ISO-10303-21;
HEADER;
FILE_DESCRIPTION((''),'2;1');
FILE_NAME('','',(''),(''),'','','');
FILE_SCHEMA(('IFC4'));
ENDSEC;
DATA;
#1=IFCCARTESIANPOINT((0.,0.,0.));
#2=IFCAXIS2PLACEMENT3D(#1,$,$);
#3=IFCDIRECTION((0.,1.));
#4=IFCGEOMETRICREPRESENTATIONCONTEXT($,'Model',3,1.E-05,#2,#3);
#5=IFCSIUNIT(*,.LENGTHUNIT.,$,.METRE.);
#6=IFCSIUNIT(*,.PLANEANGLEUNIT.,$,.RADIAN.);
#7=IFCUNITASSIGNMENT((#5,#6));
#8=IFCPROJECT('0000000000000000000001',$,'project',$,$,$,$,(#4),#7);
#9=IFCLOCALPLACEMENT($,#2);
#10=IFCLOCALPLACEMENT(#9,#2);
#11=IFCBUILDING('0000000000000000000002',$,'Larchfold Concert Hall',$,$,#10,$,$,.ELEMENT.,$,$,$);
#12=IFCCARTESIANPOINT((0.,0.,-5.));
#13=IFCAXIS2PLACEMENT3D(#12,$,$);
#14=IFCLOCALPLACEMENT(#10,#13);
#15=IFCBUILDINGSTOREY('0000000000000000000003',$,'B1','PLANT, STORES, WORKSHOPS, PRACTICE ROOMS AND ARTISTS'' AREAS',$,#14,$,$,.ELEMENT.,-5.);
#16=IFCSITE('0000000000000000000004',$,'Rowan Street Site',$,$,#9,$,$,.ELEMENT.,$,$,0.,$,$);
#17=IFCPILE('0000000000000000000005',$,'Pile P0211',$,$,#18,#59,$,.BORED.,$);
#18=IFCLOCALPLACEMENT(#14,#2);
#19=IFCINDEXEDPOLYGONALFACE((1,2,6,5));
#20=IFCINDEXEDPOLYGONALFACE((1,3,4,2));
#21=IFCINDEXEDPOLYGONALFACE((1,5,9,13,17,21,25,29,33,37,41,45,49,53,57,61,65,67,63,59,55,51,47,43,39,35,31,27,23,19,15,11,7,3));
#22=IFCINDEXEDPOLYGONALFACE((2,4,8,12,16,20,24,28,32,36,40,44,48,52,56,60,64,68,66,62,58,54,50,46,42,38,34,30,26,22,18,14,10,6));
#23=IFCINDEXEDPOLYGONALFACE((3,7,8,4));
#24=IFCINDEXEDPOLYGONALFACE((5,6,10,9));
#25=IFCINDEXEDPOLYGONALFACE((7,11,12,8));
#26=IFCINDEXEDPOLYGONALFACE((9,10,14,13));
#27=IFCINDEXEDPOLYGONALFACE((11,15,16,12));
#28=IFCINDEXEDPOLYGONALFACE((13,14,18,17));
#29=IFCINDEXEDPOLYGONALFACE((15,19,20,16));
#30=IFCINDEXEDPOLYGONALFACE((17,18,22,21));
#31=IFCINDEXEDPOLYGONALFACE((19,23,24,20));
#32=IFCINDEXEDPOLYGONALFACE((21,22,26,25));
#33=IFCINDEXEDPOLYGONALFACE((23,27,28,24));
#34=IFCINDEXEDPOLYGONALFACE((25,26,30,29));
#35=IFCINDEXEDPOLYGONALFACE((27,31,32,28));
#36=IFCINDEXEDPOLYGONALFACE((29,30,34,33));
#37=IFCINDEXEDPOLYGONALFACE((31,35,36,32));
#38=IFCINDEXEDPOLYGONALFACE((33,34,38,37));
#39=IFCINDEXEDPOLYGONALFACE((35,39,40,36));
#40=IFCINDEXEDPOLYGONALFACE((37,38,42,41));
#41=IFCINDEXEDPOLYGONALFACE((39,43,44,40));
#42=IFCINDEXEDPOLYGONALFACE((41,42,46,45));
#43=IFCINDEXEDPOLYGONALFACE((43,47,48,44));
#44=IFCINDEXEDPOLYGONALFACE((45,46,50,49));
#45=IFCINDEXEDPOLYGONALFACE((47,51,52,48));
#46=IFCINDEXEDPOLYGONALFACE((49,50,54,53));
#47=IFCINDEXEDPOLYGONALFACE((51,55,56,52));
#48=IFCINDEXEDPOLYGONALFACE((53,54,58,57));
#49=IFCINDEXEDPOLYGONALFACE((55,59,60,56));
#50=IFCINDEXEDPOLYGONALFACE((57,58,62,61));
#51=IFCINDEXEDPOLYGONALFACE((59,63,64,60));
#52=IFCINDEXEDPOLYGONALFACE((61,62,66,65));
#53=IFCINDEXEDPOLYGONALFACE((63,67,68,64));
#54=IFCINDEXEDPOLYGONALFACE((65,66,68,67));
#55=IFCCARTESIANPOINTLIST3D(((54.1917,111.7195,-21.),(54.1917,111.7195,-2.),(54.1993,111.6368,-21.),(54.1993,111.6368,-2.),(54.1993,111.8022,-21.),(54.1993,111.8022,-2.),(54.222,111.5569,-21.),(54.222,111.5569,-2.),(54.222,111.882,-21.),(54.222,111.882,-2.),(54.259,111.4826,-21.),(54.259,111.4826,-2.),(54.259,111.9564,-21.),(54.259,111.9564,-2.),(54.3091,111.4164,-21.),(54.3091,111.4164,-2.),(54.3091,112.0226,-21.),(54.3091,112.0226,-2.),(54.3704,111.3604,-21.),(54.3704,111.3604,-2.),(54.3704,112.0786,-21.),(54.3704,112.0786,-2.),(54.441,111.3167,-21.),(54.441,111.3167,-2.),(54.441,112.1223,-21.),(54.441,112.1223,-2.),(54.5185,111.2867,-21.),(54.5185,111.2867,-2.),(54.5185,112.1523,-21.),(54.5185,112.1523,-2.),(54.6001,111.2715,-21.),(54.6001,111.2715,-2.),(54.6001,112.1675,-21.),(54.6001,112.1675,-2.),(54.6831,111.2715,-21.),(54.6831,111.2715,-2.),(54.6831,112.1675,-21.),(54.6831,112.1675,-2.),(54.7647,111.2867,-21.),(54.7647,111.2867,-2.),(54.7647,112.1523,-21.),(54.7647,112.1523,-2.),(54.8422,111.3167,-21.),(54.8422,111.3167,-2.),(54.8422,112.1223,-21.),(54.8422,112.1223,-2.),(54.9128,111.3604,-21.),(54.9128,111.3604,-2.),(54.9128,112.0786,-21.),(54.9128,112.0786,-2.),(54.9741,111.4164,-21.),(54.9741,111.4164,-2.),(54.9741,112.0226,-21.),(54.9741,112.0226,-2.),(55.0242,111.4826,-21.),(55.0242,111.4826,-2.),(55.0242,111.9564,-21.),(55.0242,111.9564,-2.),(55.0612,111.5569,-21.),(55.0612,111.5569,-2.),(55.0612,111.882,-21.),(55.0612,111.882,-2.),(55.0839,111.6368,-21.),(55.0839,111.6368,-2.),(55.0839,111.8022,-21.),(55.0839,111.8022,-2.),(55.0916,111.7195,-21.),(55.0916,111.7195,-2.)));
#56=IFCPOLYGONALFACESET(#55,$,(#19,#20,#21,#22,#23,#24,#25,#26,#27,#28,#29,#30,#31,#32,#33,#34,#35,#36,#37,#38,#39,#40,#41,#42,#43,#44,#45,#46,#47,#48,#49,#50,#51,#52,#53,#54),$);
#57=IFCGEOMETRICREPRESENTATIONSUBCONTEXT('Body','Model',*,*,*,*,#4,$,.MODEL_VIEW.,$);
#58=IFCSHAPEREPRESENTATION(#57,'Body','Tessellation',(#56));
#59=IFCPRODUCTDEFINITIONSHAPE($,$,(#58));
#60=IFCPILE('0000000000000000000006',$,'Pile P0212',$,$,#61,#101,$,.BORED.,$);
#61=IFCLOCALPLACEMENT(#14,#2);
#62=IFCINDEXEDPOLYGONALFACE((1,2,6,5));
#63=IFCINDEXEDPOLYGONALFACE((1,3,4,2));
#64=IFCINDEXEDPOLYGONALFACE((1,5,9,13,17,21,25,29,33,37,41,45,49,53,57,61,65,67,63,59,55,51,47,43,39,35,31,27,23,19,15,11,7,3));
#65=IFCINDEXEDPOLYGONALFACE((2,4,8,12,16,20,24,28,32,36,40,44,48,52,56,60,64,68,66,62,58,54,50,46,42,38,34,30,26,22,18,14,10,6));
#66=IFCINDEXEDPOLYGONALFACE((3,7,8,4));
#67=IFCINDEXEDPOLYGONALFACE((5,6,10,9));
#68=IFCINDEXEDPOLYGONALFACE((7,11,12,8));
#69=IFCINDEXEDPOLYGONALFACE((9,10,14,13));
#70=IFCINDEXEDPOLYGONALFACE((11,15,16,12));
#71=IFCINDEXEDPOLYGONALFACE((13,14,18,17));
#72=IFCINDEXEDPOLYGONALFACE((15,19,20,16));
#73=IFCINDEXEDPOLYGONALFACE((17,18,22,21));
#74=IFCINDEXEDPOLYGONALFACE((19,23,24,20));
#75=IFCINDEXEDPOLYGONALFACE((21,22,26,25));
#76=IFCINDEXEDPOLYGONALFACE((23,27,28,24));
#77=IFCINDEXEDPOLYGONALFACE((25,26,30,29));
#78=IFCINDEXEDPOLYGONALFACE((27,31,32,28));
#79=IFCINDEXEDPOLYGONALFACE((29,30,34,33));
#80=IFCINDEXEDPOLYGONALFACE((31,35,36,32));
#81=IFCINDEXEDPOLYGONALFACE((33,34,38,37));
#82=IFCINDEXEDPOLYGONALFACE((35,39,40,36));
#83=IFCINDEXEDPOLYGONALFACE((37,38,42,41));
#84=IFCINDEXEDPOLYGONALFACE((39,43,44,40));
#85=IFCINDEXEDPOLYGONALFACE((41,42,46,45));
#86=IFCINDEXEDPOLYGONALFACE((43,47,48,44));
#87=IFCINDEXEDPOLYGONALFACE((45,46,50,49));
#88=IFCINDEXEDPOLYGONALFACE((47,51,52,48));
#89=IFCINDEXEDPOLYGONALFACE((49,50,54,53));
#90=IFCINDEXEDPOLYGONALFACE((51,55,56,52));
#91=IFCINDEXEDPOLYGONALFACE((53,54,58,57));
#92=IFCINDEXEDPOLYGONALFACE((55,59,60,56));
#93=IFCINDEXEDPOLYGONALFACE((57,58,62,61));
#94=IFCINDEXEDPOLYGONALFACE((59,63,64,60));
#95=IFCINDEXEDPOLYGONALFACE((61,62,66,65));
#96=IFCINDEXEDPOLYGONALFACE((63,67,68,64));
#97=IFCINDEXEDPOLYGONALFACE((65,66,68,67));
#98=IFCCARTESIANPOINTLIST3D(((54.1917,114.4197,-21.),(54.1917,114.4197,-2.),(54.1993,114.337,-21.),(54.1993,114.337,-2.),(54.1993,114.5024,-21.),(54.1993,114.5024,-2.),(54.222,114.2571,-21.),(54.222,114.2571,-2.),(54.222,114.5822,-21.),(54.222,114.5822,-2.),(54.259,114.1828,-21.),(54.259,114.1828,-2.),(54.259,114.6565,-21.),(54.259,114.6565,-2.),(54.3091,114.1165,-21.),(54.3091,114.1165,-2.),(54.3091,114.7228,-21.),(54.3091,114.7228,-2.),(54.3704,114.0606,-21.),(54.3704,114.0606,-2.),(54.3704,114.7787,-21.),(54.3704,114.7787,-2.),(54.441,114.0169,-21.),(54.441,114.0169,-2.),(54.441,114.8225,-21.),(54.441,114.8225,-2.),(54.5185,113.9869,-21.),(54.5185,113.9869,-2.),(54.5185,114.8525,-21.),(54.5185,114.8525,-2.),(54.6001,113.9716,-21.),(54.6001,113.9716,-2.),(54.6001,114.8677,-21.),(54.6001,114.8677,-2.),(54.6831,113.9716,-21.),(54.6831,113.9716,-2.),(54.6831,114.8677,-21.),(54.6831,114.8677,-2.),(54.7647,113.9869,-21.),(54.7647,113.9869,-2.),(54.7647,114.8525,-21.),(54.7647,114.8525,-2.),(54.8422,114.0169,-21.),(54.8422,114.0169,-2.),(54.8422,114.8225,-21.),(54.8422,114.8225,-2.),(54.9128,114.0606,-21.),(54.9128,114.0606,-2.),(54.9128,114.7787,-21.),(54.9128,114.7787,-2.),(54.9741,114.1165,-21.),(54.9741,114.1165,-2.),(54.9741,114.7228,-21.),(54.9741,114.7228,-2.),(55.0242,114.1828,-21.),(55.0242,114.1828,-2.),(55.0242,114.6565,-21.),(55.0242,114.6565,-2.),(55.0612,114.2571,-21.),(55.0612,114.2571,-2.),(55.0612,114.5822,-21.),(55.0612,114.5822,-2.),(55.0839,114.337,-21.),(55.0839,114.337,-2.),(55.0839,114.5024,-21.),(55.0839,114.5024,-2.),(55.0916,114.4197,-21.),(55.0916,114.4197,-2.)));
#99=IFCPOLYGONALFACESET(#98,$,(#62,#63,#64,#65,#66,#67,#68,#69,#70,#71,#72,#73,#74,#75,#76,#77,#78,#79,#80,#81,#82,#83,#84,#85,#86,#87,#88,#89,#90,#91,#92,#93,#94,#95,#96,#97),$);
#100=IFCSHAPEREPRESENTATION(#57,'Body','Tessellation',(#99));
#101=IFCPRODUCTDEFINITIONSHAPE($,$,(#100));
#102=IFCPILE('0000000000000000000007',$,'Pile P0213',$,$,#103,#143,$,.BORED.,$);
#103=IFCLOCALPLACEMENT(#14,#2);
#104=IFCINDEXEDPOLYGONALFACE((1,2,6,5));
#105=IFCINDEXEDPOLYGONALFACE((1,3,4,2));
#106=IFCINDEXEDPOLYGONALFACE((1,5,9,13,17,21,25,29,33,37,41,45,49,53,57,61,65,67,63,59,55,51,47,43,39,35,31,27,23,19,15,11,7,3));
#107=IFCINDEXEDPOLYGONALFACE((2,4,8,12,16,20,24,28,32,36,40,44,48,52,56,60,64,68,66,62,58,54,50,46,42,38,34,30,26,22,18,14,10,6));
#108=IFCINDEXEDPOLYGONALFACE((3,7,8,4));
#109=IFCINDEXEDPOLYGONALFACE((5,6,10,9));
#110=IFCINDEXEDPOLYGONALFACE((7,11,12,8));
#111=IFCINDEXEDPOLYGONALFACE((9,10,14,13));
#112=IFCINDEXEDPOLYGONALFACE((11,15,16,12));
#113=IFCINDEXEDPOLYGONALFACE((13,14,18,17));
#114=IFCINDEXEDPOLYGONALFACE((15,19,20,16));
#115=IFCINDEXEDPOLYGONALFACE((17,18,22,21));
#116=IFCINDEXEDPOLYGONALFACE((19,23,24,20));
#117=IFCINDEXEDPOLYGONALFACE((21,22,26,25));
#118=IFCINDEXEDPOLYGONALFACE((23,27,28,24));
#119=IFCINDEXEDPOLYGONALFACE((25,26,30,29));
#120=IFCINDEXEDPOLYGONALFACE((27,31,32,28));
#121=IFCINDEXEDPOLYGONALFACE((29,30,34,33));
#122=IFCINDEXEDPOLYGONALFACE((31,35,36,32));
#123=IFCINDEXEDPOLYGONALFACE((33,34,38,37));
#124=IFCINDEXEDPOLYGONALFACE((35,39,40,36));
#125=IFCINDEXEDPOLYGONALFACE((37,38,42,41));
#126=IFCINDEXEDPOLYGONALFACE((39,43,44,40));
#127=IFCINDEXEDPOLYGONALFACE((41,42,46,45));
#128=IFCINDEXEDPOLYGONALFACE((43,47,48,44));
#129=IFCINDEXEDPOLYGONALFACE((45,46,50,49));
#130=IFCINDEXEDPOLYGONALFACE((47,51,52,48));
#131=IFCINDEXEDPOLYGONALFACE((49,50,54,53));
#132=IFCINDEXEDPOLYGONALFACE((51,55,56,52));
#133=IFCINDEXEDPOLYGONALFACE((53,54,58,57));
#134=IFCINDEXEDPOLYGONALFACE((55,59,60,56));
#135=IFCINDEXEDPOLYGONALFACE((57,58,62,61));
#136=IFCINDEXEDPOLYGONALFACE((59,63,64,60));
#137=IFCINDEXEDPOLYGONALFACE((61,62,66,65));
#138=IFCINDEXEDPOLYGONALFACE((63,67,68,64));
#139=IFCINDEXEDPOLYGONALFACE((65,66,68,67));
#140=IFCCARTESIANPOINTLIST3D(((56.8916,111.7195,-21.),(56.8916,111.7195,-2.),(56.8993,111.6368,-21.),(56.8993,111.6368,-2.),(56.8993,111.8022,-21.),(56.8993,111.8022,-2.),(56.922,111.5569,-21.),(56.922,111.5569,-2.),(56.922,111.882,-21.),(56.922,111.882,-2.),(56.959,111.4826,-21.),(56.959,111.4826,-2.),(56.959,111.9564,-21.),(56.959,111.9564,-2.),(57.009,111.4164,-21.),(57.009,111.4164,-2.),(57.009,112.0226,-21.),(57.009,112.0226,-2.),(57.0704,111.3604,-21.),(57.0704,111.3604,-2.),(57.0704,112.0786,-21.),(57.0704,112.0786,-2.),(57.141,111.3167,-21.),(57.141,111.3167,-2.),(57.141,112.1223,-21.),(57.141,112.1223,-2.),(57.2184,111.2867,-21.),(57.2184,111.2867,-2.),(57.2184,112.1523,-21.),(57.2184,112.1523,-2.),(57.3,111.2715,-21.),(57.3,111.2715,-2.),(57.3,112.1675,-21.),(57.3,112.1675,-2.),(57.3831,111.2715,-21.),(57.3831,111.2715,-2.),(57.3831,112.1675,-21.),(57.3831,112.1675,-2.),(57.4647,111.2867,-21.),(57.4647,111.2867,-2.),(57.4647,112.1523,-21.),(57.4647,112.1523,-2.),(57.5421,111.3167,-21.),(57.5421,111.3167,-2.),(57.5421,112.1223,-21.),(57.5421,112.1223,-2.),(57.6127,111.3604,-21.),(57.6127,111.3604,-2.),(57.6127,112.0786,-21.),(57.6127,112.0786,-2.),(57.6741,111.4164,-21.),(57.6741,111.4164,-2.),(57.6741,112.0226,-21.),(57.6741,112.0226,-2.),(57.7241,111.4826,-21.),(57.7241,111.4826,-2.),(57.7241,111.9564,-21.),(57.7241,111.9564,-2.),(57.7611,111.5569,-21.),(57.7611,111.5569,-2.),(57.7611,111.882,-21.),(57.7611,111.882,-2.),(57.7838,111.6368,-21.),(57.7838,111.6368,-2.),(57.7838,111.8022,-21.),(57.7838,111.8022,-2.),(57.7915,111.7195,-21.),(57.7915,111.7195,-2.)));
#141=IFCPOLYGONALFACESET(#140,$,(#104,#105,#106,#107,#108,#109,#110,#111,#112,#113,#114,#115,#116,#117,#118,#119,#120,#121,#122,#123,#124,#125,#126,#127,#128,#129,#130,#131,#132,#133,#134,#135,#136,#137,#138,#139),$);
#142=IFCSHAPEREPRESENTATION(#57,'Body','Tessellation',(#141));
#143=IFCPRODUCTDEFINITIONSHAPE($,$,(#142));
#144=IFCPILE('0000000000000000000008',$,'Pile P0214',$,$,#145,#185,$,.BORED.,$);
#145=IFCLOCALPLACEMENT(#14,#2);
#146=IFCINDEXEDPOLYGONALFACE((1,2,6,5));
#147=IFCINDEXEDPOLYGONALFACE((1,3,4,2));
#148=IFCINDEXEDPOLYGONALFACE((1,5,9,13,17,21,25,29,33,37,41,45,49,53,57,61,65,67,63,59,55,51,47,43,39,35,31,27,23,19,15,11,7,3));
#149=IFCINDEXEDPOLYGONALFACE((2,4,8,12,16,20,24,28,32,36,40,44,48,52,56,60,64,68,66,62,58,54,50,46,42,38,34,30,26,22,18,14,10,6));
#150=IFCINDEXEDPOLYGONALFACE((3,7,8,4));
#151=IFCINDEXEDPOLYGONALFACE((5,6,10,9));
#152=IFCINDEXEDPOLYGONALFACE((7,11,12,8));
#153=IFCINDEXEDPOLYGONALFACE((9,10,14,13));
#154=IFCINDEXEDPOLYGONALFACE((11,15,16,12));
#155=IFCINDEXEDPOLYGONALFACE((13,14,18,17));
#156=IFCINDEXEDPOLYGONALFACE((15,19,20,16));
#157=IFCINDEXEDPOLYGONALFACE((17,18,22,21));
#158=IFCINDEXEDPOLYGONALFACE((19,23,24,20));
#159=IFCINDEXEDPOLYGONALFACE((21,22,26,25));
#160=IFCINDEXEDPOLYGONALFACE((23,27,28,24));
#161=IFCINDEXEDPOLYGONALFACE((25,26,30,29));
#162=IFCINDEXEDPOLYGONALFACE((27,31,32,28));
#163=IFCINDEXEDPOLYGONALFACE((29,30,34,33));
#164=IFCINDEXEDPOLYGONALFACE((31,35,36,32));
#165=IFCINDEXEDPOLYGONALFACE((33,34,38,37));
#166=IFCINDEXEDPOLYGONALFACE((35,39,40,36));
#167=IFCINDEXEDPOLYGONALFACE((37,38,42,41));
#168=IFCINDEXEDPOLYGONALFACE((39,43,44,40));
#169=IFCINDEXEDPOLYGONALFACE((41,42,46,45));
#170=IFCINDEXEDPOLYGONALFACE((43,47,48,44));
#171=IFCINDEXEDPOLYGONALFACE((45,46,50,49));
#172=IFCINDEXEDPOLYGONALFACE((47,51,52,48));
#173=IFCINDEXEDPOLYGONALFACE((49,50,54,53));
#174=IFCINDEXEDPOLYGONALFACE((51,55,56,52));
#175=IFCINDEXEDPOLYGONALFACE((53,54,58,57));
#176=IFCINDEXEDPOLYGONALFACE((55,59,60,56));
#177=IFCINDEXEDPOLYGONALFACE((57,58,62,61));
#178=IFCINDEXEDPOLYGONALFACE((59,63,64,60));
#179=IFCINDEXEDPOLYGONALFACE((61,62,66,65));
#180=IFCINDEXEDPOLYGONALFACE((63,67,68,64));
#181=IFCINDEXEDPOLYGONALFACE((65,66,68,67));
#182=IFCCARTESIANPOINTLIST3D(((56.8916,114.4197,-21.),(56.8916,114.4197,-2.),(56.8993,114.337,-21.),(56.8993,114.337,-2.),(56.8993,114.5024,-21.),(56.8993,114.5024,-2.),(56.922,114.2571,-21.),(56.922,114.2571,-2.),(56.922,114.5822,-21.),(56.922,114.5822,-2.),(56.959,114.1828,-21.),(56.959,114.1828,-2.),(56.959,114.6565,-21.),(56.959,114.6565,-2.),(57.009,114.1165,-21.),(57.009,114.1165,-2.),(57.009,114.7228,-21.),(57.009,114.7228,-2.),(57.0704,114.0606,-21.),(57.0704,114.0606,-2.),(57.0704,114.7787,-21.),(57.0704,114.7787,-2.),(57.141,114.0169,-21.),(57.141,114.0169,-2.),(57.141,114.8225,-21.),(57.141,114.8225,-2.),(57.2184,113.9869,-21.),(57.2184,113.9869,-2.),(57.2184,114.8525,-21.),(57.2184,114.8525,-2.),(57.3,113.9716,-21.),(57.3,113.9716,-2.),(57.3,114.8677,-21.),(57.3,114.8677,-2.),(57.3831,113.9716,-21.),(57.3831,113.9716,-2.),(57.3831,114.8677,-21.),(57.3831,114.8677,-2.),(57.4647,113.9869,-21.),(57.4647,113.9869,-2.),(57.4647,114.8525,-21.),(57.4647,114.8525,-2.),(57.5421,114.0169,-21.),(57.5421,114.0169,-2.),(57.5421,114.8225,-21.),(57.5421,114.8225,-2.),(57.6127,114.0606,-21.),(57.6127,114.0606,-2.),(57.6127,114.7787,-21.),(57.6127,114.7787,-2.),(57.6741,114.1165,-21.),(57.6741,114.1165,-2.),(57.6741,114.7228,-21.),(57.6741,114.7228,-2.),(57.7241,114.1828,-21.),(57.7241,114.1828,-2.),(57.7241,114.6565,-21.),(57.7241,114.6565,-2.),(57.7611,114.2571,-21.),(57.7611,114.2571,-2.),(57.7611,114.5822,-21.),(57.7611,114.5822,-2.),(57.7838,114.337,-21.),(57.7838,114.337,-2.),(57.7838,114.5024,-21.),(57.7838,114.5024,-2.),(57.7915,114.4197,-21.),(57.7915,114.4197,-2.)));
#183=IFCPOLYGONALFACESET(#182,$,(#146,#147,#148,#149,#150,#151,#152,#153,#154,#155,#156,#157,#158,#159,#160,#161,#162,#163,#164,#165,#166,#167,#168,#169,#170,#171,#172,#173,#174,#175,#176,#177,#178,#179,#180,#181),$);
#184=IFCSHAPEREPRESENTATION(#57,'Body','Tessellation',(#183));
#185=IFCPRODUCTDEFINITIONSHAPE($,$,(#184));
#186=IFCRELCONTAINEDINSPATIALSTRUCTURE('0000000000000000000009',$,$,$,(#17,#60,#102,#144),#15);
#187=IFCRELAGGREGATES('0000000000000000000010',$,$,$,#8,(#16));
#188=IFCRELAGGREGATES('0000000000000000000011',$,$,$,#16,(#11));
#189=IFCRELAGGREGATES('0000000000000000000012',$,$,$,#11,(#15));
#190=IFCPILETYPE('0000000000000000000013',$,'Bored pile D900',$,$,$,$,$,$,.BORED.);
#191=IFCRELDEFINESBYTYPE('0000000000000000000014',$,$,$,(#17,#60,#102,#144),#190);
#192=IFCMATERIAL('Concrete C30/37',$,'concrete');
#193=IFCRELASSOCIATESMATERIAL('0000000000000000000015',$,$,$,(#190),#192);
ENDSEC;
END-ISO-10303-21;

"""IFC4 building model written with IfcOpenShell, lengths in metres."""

from ifc_helpers import new_model, si_unit, direction, frame, origin, origin_2d, place, context, subcontext, project, spatial, circle, extrude, material, material_profile, profile_set, type_object, element, save


model = new_model("IFC4")

# Units and contexts
model_context = context("Model", 3, precision=1e-05, world=origin(), true_north=direction((0.0, 1.0)))
body_context = subcontext(model_context, "Body", "Model", "MODEL_VIEW")
ifc_project = project(units=[si_unit("LENGTHUNIT", "METRE"), si_unit("PLANEANGLEUNIT", "RADIAN")], contexts=[model_context])

# Site, building, storey
site_placement = place(None, origin())
site = spatial("IfcSite", under=ifc_project, at=site_placement, Name="Rowan Street Site", CompositionType="ELEMENT", RefElevation=0.0)
building_placement = place(site_placement, origin())
building = spatial("IfcBuilding", under=site, at=building_placement, Name="Larchfold Concert Hall", CompositionType="ELEMENT")
storey_placement = place(building_placement, frame((0.0, 0.0, -5.0)))
storey = spatial("IfcBuildingStorey", under=building, at=storey_placement, Name="B1", Description="PLANT, STORES, WORKSHOPS, PRACTICE ROOMS AND ARTISTS' AREAS", CompositionType="ELEMENT", Elevation=-5.0)

# Piles
ifc_material_1 = material(Name="Concrete C30/37", Category="concrete")
ifc_material_profile_1 = material_profile(ifc_material_1, circle(Radius=0.45, at=origin_2d()))
ifc_profile_set_1 = profile_set([ifc_material_profile_1], Name="Concrete C30/37")
pile_type_1 = type_object("IfcPileType", Name="Bored pile D900", PredefinedType="BORED", material=ifc_profile_set_1)
for number, where, z_axis, x_axis, name in (
    (1, (54.6416, 111.7195, -2.0), (0.0, 0.0, -1.0), (1.0, 0.0, 0.0), "Pile P0211"),
    (2, (54.6416, 114.4197, -2.0), (0.0, 0.0, -1.0), (1.0, 0.0, 0.0), "Pile P0212"),
    (3, (57.3416, 111.7195, -2.0), (0.0, 0.0, -1.0), (1.0, 0.0, 0.0), "Pile P0213"),
    (4, (57.3416, 114.4197, -2.0), (0.0, 0.0, -1.0), (1.0, 0.0, 0.0), "Pile P0214"),
):
    element("IfcPile", number, at=place(storey_placement, frame(where, z_axis=z_axis, x_axis=x_axis)), inside=storey, type_object=pile_type_1, Name=name, PredefinedType="BORED", context=body_context, shape_type="SweptSolid", body=[
        extrude(circle(Radius=0.45, at=origin_2d()), origin(), (0.0, 0.0, 1.0), 19.0),
    ])

save(model, "model.ifc")
